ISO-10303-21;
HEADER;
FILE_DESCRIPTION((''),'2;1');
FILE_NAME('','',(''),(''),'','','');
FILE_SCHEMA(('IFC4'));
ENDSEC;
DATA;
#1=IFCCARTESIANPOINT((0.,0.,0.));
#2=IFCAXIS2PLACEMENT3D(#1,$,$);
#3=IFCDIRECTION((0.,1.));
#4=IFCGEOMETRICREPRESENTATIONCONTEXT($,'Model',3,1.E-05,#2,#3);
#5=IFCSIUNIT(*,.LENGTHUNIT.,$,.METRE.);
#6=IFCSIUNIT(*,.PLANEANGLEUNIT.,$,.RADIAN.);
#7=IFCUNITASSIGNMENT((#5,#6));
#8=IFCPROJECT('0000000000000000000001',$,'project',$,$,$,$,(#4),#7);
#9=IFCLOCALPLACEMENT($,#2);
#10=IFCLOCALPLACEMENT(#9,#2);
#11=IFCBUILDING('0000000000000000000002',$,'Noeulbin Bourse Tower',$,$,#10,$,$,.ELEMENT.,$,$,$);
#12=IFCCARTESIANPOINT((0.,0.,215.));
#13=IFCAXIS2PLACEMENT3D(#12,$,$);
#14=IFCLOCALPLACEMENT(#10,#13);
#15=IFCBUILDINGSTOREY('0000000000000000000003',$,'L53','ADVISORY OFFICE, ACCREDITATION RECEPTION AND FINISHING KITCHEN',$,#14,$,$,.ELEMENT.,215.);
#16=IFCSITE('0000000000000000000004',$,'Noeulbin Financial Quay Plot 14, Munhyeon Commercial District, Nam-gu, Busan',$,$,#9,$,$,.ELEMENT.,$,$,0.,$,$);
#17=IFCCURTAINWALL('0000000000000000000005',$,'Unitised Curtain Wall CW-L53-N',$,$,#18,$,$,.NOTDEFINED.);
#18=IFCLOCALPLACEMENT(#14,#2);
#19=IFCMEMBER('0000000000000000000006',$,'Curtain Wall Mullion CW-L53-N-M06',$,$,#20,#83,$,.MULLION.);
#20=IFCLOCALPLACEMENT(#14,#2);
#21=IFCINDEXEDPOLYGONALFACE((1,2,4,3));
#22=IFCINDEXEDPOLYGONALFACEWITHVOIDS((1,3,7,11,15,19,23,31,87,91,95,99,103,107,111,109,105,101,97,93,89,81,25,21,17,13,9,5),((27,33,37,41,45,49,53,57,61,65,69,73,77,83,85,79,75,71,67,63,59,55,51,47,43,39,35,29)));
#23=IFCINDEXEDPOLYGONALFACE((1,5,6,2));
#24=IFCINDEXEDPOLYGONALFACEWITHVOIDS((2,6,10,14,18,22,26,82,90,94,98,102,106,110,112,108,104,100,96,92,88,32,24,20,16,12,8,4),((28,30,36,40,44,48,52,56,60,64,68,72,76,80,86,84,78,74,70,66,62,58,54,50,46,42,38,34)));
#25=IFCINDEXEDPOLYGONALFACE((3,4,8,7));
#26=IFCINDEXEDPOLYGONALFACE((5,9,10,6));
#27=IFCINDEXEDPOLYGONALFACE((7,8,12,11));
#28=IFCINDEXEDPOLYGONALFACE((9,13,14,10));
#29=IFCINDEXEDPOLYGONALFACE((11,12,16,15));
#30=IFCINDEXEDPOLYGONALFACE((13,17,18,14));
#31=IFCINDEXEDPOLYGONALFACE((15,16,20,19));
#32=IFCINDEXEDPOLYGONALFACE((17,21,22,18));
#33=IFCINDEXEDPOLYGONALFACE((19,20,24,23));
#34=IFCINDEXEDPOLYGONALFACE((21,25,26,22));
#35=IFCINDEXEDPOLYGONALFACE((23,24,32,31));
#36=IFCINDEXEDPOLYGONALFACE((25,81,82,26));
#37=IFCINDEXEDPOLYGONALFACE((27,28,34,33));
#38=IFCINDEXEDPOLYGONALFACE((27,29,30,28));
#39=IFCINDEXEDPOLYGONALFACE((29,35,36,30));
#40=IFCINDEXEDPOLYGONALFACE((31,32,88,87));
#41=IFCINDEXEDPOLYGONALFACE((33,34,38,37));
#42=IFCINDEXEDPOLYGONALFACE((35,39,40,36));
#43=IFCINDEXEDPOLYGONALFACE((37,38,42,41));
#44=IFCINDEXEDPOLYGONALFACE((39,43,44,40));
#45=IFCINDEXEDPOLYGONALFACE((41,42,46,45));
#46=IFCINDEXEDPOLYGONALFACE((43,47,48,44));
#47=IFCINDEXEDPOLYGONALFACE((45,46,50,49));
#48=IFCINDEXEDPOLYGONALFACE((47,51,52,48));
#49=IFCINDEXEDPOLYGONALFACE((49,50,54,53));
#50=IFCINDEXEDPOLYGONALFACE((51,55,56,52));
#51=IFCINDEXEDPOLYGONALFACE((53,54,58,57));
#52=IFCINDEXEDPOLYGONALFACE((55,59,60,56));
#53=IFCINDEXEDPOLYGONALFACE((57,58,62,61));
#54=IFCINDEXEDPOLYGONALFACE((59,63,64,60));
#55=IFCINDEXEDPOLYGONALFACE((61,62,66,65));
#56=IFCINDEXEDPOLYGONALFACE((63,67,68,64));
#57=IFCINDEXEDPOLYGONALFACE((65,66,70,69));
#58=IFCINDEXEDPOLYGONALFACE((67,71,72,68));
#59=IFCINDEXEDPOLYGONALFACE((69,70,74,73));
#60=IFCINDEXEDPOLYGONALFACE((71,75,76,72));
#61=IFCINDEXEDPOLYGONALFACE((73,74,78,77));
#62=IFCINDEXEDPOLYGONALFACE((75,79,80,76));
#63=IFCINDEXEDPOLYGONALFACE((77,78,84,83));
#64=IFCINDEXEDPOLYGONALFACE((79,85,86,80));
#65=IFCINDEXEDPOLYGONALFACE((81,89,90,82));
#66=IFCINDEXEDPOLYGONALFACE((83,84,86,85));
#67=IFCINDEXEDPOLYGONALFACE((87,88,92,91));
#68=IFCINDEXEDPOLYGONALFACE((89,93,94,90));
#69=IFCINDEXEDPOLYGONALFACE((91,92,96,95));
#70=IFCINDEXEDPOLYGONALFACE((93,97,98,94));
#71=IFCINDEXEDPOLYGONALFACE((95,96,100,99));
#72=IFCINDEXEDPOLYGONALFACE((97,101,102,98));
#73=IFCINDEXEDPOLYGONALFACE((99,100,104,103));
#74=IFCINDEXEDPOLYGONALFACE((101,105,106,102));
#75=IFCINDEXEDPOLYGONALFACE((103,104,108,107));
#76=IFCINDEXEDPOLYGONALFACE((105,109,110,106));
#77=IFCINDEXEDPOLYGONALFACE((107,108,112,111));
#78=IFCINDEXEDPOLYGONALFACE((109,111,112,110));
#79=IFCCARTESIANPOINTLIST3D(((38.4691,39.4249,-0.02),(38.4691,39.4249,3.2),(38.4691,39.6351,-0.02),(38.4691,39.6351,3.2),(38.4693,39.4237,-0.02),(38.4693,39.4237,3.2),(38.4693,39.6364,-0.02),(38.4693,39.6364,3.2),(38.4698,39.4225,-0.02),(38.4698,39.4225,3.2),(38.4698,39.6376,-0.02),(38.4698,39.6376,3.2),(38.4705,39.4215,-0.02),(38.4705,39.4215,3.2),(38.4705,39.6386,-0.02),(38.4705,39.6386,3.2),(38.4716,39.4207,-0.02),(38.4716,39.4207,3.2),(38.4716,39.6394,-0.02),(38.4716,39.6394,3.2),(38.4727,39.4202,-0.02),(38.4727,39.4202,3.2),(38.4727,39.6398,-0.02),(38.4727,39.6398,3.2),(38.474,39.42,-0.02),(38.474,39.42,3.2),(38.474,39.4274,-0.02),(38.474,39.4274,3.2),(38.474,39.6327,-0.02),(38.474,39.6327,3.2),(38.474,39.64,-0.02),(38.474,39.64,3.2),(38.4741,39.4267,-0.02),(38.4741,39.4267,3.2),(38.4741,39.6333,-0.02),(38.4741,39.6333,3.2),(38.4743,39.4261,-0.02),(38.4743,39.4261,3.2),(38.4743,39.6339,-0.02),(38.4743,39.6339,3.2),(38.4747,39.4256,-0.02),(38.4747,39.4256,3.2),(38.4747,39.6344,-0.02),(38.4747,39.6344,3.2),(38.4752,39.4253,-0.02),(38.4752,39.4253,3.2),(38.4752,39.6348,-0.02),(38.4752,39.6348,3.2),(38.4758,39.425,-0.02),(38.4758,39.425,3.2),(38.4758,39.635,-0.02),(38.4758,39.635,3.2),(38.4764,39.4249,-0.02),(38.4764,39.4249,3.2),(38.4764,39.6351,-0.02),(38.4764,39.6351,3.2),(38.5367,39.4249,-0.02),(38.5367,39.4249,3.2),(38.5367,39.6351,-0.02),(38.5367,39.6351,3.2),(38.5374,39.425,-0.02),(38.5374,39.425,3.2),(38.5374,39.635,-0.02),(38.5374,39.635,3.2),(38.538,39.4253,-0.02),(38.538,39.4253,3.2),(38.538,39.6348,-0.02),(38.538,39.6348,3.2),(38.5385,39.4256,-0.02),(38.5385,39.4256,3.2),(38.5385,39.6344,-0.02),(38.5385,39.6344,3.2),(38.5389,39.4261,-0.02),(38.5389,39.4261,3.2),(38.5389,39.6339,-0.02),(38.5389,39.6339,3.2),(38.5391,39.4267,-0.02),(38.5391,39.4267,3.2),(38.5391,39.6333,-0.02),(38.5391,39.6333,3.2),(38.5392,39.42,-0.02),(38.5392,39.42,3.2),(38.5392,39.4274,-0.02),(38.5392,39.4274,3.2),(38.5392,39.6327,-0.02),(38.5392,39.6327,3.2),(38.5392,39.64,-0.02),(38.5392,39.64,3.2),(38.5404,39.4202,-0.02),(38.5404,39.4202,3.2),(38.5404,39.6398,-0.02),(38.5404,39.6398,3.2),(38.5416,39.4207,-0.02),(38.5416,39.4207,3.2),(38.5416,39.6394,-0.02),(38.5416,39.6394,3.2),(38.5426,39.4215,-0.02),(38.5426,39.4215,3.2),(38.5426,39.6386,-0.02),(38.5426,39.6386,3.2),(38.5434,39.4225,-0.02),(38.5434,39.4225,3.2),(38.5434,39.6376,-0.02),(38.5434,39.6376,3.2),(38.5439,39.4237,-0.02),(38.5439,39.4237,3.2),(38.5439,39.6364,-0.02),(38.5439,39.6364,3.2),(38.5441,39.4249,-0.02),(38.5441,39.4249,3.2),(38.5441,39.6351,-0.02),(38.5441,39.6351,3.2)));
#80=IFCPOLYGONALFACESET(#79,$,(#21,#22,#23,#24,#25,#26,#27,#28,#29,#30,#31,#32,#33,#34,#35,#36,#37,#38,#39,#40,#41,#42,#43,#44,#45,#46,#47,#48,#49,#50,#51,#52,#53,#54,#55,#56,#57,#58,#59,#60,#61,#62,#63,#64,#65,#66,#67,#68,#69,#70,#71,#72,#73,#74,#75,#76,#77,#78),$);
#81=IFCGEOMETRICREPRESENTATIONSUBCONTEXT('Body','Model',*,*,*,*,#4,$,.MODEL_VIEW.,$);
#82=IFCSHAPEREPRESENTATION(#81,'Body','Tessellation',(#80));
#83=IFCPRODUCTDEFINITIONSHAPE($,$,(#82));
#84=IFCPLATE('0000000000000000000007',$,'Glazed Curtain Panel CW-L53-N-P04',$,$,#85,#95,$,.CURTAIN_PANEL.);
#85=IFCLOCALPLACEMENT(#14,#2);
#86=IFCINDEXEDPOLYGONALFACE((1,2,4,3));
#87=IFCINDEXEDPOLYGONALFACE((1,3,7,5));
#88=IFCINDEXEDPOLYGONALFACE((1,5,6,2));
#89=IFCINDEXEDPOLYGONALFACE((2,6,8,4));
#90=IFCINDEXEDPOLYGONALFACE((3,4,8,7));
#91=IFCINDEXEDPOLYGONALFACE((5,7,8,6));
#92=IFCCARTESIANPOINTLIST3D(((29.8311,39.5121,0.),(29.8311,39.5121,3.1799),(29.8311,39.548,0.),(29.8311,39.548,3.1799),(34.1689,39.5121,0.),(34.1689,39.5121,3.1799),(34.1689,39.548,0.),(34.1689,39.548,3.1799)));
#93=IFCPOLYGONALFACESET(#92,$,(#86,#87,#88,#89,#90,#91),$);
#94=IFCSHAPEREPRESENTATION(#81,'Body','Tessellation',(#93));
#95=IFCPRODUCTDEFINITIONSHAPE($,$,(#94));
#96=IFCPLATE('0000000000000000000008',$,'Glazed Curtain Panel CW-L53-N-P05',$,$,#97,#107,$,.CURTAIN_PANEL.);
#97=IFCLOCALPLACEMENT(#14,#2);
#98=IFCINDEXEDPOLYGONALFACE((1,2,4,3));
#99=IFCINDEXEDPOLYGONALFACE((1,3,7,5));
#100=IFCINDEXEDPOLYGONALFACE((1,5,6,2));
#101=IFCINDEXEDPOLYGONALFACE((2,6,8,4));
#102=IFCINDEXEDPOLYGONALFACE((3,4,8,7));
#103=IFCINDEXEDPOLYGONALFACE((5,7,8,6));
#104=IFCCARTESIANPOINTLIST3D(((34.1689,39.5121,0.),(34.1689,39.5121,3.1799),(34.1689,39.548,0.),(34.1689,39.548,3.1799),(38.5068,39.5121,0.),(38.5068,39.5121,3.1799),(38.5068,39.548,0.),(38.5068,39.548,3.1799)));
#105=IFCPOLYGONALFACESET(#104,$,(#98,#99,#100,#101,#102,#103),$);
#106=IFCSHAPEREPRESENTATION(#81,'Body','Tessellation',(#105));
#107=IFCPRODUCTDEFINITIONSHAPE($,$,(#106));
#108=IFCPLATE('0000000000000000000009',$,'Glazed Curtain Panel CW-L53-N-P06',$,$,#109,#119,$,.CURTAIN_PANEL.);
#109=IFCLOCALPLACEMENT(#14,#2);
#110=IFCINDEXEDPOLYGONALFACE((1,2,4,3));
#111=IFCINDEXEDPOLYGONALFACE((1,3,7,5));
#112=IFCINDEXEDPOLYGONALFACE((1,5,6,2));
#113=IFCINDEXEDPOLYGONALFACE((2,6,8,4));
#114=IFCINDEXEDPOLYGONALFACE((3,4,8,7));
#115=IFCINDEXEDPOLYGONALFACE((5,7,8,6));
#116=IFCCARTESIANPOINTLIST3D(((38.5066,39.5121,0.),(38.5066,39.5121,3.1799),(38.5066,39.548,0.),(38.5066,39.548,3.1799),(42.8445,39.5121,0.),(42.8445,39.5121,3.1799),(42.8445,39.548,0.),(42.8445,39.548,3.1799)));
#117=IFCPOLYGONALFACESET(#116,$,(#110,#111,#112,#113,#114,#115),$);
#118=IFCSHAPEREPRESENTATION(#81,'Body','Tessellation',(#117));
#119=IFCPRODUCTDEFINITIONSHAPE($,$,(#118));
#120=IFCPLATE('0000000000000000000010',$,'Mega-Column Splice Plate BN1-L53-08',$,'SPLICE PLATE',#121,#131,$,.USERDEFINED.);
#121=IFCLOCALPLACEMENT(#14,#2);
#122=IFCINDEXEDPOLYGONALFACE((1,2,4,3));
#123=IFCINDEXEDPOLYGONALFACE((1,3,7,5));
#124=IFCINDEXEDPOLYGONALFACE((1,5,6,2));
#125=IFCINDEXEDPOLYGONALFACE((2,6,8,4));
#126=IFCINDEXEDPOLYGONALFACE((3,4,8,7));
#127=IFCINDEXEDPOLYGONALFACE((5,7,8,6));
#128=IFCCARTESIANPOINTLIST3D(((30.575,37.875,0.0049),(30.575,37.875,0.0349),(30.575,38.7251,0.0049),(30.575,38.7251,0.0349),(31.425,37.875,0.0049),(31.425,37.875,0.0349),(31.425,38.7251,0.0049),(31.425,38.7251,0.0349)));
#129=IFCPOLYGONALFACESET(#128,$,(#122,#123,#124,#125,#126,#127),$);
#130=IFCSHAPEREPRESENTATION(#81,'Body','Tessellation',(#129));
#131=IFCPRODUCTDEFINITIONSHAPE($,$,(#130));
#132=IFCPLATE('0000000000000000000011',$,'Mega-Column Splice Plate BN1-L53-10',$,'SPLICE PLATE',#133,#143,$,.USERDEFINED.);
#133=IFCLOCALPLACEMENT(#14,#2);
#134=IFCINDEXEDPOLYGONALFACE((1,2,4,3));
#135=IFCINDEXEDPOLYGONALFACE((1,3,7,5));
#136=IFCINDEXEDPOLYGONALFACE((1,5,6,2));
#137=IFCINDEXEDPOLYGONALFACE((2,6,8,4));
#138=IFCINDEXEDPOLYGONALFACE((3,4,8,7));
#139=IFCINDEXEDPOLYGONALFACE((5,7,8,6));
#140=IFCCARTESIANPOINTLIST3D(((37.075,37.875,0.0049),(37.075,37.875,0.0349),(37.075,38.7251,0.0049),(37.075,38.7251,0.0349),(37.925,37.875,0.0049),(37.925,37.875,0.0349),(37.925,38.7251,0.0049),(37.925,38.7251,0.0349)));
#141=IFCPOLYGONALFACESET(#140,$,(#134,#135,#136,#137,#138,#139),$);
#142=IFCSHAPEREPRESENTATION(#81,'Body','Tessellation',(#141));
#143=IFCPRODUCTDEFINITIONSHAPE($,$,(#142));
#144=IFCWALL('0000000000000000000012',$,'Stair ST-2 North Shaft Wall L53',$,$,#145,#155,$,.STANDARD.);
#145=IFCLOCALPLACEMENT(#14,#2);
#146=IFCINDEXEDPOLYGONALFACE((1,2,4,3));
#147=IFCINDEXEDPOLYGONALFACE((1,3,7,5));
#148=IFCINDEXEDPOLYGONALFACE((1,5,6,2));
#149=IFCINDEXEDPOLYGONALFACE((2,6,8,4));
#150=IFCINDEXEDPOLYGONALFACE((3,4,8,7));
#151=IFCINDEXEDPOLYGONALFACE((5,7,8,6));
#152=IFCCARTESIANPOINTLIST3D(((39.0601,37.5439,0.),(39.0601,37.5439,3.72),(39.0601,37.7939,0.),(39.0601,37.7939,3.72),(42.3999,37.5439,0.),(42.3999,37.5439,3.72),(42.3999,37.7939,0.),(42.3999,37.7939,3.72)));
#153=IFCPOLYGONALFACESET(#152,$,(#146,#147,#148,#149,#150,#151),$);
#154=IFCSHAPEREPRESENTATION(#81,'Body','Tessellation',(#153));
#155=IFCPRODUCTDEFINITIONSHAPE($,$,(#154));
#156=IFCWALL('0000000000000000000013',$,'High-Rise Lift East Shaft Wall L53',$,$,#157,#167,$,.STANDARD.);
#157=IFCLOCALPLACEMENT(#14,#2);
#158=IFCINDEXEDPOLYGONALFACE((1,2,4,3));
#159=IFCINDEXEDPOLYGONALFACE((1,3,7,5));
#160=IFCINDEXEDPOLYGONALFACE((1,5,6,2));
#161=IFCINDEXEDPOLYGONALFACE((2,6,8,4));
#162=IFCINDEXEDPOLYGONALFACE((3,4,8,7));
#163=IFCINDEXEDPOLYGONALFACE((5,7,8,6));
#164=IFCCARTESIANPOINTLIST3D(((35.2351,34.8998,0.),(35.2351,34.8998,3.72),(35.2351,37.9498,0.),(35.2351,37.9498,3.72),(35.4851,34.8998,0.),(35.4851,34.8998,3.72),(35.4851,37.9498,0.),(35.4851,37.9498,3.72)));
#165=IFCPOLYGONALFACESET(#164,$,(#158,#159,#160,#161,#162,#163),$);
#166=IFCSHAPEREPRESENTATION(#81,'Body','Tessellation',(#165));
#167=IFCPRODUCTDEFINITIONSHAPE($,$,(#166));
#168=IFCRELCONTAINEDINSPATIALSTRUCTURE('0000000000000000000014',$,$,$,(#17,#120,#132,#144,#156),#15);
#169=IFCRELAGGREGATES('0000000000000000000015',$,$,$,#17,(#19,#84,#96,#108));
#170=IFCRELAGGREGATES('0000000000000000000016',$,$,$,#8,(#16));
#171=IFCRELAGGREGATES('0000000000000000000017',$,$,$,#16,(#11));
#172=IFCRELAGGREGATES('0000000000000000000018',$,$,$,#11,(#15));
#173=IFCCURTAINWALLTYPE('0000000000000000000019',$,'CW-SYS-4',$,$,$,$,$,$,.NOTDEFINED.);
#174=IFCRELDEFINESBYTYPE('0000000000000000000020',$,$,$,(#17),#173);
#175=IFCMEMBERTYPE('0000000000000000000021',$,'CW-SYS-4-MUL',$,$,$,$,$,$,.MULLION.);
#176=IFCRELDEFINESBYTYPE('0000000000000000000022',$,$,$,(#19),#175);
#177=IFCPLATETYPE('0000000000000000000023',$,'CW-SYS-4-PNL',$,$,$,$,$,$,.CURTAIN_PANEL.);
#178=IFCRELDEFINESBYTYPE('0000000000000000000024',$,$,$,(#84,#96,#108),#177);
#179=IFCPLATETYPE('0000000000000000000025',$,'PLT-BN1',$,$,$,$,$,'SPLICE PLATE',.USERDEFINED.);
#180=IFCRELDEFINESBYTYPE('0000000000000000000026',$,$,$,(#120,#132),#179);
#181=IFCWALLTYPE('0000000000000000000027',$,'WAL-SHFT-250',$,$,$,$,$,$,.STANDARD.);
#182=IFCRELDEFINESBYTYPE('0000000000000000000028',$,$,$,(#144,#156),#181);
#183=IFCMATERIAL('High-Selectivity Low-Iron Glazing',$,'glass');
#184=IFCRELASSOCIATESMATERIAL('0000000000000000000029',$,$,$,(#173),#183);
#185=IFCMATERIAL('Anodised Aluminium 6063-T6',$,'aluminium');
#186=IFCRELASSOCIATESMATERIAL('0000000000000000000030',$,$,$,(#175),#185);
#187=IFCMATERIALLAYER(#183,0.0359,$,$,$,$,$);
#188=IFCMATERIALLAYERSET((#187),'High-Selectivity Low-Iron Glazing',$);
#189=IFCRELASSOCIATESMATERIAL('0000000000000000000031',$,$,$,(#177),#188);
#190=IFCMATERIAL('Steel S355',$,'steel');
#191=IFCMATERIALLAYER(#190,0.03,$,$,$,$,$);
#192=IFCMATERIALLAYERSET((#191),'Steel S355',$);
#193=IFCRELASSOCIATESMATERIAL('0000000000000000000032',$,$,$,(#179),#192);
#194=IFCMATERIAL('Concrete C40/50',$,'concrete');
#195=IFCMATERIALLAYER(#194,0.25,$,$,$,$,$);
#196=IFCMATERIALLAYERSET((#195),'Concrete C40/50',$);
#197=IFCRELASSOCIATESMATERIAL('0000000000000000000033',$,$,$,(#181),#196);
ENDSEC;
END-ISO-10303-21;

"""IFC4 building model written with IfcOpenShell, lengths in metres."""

from ifc_helpers import new_model, si_unit, direction, frame, frame_2d, origin, origin_2d, place, context, subcontext, project, spatial, rectangle, hollow_rectangle, extrude, material, layer, layer_set, material_profile, profile_set, type_object, element, aggregate, save


model = new_model("IFC4")

# Units and contexts
model_context = context("Model", 3, precision=1e-05, world=origin(), true_north=direction((0.0, 1.0)))
body_context = subcontext(model_context, "Body", "Model", "MODEL_VIEW")
ifc_project = project(units=[si_unit("LENGTHUNIT", "METRE"), si_unit("PLANEANGLEUNIT", "RADIAN")], contexts=[model_context])

# Site, building, storey
site_placement = place(None, origin())
site = spatial("IfcSite", under=ifc_project, at=site_placement, Name="Noeulbin Financial Quay Plot 14, Munhyeon Commercial District, Nam-gu, Busan", CompositionType="ELEMENT", RefElevation=0.0)
building_placement = place(site_placement, origin())
building = spatial("IfcBuilding", under=site, at=building_placement, Name="Noeulbin Bourse Tower", CompositionType="ELEMENT")
storey_placement = place(building_placement, frame((0.0, 0.0, 215.0)))
storey = spatial("IfcBuildingStorey", under=building, at=storey_placement, Name="L53", Description="ADVISORY OFFICE, ACCREDITATION RECEPTION AND FINISHING KITCHEN", CompositionType="ELEMENT", Elevation=215.0)

# Shared definitions
ifc_material_1 = material(Name="Steel S355", Category="steel")

# Curtain wall, member, plates
ifc_material_2 = material(Name="High-Selectivity Low-Iron Glazing", Category="glass")
curtain_wall_type = type_object("IfcCurtainWallType", Name="CW-SYS-4", PredefinedType="NOTDEFINED", material=ifc_material_2)
curtain_wall_placement = place(storey_placement, origin())
curtain_wall = element("IfcCurtainWall", 1, at=curtain_wall_placement, inside=storey, type_object=curtain_wall_type, Name="Unitised Curtain Wall CW-L53-N", PredefinedType="NOTDEFINED")
ifc_material_3 = material(Name="Anodised Aluminium 6063-T6", Category="aluminium")
ifc_material_profile_1 = material_profile(ifc_material_3, hollow_rectangle(XDim=0.075, YDim=0.22, WallThickness=0.0049, InnerFilletRadius=0.0024, OuterFilletRadius=0.0049, at=origin_2d()), Name="ALU-MULL-75x220x5", Category="LoadBearing")
ifc_profile_set_1 = profile_set([ifc_material_profile_1], Name="Anodised Aluminium 6063-T6")
member_type = type_object("IfcMemberType", Name="CW-SYS-4-MUL", PredefinedType="MULLION", material=ifc_profile_set_1)
member_1_placement = place(storey_placement, frame((38.5066, 39.53, -0.02), z_axis=(0.0, 0.0, 1.0), x_axis=(1.0, 0.0, 0.0)))
member_1 = element("IfcMember", 2, at=member_1_placement, type_object=member_type, Name="Curtain Wall Mullion CW-L53-N-M06", PredefinedType="MULLION", context=body_context, shape_type="SweptSolid", body=[
    extrude(hollow_rectangle(XDim=0.075, YDim=0.22, WallThickness=0.0049, InnerFilletRadius=0.0024, OuterFilletRadius=0.0049, at=origin_2d()), origin(), (0.0, 0.0, 1.0), 3.22),
])
ifc_layer_1 = layer(ifc_material_2, 0.0359)
ifc_layer_set_1 = layer_set([ifc_layer_1], Name="High-Selectivity Low-Iron Glazing")
plate_type_1 = type_object("IfcPlateType", Name="CW-SYS-4-PNL", PredefinedType="CURTAIN_PANEL", material=ifc_layer_set_1)
plate_1_placement = place(storey_placement, frame((32.0, 39.53, 0.0), z_axis=(0.0, 0.0, 1.0), x_axis=(1.0, 0.0, 0.0)))
plate_1 = element("IfcPlate", 3, at=plate_1_placement, type_object=plate_type_1, Name="Glazed Curtain Panel CW-L53-N-P04", PredefinedType="CURTAIN_PANEL", context=body_context, shape_type="SweptSolid", body=[
    extrude(rectangle(XDim=4.3379, YDim=0.0359, at=origin_2d()), origin(), (0.0, 0.0, 1.0), 3.1799),
])
plate_2_placement = place(storey_placement, frame((36.3379, 39.53, 0.0), z_axis=(0.0, 0.0, 1.0), x_axis=(1.0, 0.0, 0.0)))
plate_2 = element("IfcPlate", 4, at=plate_2_placement, type_object=plate_type_1, Name="Glazed Curtain Panel CW-L53-N-P05", PredefinedType="CURTAIN_PANEL", context=body_context, shape_type="SweptSolid", body=[
    extrude(rectangle(XDim=4.3379, YDim=0.0359, at=origin_2d()), origin(), (0.0, 0.0, 1.0), 3.1799),
])
plate_3_placement = place(storey_placement, frame((40.6755, 39.53, 0.0), z_axis=(0.0, 0.0, 1.0), x_axis=(1.0, 0.0, 0.0)))
plate_3 = element("IfcPlate", 5, at=plate_3_placement, type_object=plate_type_1, Name="Glazed Curtain Panel CW-L53-N-P06", PredefinedType="CURTAIN_PANEL", context=body_context, shape_type="SweptSolid", body=[
    extrude(rectangle(XDim=4.3379, YDim=0.0359, at=origin_2d()), origin(), (0.0, 0.0, 1.0), 3.1799),
])
aggregate(curtain_wall, [member_1, plate_1, plate_2, plate_3])

# Plates
ifc_layer_2 = layer(ifc_material_1, 0.03)
ifc_layer_set_2 = layer_set([ifc_layer_2], Name="Steel S355")
plate_type_2 = type_object("IfcPlateType", Name="PLT-BN1", ElementType="SPLICE PLATE", PredefinedType="USERDEFINED", material=ifc_layer_set_2)
for number, where, z_axis, x_axis, name in (
    (6, (31.0, 38.3, 0.0049), (0.0, 0.0, 1.0), (1.0, 0.0, 0.0), "Mega-Column Splice Plate BN1-L53-08"),
    (7, (37.5, 38.3, 0.0049), (0.0, 0.0, 1.0), (1.0, 0.0, 0.0), "Mega-Column Splice Plate BN1-L53-10"),
):
    element("IfcPlate", number, at=place(storey_placement, frame(where, z_axis=z_axis, x_axis=x_axis)), inside=storey, type_object=plate_type_2, Name=name, ObjectType="SPLICE PLATE", PredefinedType="USERDEFINED", context=body_context, shape_type="SweptSolid", body=[
        extrude(rectangle(XDim=0.8501, YDim=0.8501, at=origin_2d()), origin(), (0.0, 0.0, 1.0), 0.03),
    ])

# Walls
ifc_material_4 = material(Name="Concrete C40/50", Category="concrete")
ifc_layer_3 = layer(ifc_material_4, 0.25)
ifc_layer_set_3 = layer_set([ifc_layer_3], Name="Concrete C40/50")
wall_type = type_object("IfcWallType", Name="WAL-SHFT-250", PredefinedType="STANDARD", material=ifc_layer_set_3)
wall_1_placement = place(storey_placement, frame((39.0601, 37.6689, 0.0), z_axis=(0.0, 0.0, 1.0), x_axis=(1.0, 0.0, 0.0)))
element("IfcWall", 8, at=wall_1_placement, inside=storey, type_object=wall_type, Name="Stair ST-2 North Shaft Wall L53", PredefinedType="STANDARD", context=body_context, shape_type="SweptSolid", body=[
    extrude(rectangle(XDim=3.3398, YDim=0.25, at=frame_2d((1.6699, 0.0))), origin(), (0.0, 0.0, 1.0), 3.72),
])
wall_2_placement = place(storey_placement, frame((35.3601, 34.8999, 0.0), z_axis=(0.0, 0.0, 1.0), x_axis=(0.0, 1.0, 0.0)))
element("IfcWall", 9, at=wall_2_placement, inside=storey, type_object=wall_type, Name="High-Rise Lift East Shaft Wall L53", PredefinedType="STANDARD", context=body_context, shape_type="SweptSolid", body=[
    extrude(rectangle(XDim=3.05, YDim=0.25, at=frame_2d((1.5249, 0.0))), origin(), (0.0, 0.0, 1.0), 3.72),
])

save(model, "model.ifc")
